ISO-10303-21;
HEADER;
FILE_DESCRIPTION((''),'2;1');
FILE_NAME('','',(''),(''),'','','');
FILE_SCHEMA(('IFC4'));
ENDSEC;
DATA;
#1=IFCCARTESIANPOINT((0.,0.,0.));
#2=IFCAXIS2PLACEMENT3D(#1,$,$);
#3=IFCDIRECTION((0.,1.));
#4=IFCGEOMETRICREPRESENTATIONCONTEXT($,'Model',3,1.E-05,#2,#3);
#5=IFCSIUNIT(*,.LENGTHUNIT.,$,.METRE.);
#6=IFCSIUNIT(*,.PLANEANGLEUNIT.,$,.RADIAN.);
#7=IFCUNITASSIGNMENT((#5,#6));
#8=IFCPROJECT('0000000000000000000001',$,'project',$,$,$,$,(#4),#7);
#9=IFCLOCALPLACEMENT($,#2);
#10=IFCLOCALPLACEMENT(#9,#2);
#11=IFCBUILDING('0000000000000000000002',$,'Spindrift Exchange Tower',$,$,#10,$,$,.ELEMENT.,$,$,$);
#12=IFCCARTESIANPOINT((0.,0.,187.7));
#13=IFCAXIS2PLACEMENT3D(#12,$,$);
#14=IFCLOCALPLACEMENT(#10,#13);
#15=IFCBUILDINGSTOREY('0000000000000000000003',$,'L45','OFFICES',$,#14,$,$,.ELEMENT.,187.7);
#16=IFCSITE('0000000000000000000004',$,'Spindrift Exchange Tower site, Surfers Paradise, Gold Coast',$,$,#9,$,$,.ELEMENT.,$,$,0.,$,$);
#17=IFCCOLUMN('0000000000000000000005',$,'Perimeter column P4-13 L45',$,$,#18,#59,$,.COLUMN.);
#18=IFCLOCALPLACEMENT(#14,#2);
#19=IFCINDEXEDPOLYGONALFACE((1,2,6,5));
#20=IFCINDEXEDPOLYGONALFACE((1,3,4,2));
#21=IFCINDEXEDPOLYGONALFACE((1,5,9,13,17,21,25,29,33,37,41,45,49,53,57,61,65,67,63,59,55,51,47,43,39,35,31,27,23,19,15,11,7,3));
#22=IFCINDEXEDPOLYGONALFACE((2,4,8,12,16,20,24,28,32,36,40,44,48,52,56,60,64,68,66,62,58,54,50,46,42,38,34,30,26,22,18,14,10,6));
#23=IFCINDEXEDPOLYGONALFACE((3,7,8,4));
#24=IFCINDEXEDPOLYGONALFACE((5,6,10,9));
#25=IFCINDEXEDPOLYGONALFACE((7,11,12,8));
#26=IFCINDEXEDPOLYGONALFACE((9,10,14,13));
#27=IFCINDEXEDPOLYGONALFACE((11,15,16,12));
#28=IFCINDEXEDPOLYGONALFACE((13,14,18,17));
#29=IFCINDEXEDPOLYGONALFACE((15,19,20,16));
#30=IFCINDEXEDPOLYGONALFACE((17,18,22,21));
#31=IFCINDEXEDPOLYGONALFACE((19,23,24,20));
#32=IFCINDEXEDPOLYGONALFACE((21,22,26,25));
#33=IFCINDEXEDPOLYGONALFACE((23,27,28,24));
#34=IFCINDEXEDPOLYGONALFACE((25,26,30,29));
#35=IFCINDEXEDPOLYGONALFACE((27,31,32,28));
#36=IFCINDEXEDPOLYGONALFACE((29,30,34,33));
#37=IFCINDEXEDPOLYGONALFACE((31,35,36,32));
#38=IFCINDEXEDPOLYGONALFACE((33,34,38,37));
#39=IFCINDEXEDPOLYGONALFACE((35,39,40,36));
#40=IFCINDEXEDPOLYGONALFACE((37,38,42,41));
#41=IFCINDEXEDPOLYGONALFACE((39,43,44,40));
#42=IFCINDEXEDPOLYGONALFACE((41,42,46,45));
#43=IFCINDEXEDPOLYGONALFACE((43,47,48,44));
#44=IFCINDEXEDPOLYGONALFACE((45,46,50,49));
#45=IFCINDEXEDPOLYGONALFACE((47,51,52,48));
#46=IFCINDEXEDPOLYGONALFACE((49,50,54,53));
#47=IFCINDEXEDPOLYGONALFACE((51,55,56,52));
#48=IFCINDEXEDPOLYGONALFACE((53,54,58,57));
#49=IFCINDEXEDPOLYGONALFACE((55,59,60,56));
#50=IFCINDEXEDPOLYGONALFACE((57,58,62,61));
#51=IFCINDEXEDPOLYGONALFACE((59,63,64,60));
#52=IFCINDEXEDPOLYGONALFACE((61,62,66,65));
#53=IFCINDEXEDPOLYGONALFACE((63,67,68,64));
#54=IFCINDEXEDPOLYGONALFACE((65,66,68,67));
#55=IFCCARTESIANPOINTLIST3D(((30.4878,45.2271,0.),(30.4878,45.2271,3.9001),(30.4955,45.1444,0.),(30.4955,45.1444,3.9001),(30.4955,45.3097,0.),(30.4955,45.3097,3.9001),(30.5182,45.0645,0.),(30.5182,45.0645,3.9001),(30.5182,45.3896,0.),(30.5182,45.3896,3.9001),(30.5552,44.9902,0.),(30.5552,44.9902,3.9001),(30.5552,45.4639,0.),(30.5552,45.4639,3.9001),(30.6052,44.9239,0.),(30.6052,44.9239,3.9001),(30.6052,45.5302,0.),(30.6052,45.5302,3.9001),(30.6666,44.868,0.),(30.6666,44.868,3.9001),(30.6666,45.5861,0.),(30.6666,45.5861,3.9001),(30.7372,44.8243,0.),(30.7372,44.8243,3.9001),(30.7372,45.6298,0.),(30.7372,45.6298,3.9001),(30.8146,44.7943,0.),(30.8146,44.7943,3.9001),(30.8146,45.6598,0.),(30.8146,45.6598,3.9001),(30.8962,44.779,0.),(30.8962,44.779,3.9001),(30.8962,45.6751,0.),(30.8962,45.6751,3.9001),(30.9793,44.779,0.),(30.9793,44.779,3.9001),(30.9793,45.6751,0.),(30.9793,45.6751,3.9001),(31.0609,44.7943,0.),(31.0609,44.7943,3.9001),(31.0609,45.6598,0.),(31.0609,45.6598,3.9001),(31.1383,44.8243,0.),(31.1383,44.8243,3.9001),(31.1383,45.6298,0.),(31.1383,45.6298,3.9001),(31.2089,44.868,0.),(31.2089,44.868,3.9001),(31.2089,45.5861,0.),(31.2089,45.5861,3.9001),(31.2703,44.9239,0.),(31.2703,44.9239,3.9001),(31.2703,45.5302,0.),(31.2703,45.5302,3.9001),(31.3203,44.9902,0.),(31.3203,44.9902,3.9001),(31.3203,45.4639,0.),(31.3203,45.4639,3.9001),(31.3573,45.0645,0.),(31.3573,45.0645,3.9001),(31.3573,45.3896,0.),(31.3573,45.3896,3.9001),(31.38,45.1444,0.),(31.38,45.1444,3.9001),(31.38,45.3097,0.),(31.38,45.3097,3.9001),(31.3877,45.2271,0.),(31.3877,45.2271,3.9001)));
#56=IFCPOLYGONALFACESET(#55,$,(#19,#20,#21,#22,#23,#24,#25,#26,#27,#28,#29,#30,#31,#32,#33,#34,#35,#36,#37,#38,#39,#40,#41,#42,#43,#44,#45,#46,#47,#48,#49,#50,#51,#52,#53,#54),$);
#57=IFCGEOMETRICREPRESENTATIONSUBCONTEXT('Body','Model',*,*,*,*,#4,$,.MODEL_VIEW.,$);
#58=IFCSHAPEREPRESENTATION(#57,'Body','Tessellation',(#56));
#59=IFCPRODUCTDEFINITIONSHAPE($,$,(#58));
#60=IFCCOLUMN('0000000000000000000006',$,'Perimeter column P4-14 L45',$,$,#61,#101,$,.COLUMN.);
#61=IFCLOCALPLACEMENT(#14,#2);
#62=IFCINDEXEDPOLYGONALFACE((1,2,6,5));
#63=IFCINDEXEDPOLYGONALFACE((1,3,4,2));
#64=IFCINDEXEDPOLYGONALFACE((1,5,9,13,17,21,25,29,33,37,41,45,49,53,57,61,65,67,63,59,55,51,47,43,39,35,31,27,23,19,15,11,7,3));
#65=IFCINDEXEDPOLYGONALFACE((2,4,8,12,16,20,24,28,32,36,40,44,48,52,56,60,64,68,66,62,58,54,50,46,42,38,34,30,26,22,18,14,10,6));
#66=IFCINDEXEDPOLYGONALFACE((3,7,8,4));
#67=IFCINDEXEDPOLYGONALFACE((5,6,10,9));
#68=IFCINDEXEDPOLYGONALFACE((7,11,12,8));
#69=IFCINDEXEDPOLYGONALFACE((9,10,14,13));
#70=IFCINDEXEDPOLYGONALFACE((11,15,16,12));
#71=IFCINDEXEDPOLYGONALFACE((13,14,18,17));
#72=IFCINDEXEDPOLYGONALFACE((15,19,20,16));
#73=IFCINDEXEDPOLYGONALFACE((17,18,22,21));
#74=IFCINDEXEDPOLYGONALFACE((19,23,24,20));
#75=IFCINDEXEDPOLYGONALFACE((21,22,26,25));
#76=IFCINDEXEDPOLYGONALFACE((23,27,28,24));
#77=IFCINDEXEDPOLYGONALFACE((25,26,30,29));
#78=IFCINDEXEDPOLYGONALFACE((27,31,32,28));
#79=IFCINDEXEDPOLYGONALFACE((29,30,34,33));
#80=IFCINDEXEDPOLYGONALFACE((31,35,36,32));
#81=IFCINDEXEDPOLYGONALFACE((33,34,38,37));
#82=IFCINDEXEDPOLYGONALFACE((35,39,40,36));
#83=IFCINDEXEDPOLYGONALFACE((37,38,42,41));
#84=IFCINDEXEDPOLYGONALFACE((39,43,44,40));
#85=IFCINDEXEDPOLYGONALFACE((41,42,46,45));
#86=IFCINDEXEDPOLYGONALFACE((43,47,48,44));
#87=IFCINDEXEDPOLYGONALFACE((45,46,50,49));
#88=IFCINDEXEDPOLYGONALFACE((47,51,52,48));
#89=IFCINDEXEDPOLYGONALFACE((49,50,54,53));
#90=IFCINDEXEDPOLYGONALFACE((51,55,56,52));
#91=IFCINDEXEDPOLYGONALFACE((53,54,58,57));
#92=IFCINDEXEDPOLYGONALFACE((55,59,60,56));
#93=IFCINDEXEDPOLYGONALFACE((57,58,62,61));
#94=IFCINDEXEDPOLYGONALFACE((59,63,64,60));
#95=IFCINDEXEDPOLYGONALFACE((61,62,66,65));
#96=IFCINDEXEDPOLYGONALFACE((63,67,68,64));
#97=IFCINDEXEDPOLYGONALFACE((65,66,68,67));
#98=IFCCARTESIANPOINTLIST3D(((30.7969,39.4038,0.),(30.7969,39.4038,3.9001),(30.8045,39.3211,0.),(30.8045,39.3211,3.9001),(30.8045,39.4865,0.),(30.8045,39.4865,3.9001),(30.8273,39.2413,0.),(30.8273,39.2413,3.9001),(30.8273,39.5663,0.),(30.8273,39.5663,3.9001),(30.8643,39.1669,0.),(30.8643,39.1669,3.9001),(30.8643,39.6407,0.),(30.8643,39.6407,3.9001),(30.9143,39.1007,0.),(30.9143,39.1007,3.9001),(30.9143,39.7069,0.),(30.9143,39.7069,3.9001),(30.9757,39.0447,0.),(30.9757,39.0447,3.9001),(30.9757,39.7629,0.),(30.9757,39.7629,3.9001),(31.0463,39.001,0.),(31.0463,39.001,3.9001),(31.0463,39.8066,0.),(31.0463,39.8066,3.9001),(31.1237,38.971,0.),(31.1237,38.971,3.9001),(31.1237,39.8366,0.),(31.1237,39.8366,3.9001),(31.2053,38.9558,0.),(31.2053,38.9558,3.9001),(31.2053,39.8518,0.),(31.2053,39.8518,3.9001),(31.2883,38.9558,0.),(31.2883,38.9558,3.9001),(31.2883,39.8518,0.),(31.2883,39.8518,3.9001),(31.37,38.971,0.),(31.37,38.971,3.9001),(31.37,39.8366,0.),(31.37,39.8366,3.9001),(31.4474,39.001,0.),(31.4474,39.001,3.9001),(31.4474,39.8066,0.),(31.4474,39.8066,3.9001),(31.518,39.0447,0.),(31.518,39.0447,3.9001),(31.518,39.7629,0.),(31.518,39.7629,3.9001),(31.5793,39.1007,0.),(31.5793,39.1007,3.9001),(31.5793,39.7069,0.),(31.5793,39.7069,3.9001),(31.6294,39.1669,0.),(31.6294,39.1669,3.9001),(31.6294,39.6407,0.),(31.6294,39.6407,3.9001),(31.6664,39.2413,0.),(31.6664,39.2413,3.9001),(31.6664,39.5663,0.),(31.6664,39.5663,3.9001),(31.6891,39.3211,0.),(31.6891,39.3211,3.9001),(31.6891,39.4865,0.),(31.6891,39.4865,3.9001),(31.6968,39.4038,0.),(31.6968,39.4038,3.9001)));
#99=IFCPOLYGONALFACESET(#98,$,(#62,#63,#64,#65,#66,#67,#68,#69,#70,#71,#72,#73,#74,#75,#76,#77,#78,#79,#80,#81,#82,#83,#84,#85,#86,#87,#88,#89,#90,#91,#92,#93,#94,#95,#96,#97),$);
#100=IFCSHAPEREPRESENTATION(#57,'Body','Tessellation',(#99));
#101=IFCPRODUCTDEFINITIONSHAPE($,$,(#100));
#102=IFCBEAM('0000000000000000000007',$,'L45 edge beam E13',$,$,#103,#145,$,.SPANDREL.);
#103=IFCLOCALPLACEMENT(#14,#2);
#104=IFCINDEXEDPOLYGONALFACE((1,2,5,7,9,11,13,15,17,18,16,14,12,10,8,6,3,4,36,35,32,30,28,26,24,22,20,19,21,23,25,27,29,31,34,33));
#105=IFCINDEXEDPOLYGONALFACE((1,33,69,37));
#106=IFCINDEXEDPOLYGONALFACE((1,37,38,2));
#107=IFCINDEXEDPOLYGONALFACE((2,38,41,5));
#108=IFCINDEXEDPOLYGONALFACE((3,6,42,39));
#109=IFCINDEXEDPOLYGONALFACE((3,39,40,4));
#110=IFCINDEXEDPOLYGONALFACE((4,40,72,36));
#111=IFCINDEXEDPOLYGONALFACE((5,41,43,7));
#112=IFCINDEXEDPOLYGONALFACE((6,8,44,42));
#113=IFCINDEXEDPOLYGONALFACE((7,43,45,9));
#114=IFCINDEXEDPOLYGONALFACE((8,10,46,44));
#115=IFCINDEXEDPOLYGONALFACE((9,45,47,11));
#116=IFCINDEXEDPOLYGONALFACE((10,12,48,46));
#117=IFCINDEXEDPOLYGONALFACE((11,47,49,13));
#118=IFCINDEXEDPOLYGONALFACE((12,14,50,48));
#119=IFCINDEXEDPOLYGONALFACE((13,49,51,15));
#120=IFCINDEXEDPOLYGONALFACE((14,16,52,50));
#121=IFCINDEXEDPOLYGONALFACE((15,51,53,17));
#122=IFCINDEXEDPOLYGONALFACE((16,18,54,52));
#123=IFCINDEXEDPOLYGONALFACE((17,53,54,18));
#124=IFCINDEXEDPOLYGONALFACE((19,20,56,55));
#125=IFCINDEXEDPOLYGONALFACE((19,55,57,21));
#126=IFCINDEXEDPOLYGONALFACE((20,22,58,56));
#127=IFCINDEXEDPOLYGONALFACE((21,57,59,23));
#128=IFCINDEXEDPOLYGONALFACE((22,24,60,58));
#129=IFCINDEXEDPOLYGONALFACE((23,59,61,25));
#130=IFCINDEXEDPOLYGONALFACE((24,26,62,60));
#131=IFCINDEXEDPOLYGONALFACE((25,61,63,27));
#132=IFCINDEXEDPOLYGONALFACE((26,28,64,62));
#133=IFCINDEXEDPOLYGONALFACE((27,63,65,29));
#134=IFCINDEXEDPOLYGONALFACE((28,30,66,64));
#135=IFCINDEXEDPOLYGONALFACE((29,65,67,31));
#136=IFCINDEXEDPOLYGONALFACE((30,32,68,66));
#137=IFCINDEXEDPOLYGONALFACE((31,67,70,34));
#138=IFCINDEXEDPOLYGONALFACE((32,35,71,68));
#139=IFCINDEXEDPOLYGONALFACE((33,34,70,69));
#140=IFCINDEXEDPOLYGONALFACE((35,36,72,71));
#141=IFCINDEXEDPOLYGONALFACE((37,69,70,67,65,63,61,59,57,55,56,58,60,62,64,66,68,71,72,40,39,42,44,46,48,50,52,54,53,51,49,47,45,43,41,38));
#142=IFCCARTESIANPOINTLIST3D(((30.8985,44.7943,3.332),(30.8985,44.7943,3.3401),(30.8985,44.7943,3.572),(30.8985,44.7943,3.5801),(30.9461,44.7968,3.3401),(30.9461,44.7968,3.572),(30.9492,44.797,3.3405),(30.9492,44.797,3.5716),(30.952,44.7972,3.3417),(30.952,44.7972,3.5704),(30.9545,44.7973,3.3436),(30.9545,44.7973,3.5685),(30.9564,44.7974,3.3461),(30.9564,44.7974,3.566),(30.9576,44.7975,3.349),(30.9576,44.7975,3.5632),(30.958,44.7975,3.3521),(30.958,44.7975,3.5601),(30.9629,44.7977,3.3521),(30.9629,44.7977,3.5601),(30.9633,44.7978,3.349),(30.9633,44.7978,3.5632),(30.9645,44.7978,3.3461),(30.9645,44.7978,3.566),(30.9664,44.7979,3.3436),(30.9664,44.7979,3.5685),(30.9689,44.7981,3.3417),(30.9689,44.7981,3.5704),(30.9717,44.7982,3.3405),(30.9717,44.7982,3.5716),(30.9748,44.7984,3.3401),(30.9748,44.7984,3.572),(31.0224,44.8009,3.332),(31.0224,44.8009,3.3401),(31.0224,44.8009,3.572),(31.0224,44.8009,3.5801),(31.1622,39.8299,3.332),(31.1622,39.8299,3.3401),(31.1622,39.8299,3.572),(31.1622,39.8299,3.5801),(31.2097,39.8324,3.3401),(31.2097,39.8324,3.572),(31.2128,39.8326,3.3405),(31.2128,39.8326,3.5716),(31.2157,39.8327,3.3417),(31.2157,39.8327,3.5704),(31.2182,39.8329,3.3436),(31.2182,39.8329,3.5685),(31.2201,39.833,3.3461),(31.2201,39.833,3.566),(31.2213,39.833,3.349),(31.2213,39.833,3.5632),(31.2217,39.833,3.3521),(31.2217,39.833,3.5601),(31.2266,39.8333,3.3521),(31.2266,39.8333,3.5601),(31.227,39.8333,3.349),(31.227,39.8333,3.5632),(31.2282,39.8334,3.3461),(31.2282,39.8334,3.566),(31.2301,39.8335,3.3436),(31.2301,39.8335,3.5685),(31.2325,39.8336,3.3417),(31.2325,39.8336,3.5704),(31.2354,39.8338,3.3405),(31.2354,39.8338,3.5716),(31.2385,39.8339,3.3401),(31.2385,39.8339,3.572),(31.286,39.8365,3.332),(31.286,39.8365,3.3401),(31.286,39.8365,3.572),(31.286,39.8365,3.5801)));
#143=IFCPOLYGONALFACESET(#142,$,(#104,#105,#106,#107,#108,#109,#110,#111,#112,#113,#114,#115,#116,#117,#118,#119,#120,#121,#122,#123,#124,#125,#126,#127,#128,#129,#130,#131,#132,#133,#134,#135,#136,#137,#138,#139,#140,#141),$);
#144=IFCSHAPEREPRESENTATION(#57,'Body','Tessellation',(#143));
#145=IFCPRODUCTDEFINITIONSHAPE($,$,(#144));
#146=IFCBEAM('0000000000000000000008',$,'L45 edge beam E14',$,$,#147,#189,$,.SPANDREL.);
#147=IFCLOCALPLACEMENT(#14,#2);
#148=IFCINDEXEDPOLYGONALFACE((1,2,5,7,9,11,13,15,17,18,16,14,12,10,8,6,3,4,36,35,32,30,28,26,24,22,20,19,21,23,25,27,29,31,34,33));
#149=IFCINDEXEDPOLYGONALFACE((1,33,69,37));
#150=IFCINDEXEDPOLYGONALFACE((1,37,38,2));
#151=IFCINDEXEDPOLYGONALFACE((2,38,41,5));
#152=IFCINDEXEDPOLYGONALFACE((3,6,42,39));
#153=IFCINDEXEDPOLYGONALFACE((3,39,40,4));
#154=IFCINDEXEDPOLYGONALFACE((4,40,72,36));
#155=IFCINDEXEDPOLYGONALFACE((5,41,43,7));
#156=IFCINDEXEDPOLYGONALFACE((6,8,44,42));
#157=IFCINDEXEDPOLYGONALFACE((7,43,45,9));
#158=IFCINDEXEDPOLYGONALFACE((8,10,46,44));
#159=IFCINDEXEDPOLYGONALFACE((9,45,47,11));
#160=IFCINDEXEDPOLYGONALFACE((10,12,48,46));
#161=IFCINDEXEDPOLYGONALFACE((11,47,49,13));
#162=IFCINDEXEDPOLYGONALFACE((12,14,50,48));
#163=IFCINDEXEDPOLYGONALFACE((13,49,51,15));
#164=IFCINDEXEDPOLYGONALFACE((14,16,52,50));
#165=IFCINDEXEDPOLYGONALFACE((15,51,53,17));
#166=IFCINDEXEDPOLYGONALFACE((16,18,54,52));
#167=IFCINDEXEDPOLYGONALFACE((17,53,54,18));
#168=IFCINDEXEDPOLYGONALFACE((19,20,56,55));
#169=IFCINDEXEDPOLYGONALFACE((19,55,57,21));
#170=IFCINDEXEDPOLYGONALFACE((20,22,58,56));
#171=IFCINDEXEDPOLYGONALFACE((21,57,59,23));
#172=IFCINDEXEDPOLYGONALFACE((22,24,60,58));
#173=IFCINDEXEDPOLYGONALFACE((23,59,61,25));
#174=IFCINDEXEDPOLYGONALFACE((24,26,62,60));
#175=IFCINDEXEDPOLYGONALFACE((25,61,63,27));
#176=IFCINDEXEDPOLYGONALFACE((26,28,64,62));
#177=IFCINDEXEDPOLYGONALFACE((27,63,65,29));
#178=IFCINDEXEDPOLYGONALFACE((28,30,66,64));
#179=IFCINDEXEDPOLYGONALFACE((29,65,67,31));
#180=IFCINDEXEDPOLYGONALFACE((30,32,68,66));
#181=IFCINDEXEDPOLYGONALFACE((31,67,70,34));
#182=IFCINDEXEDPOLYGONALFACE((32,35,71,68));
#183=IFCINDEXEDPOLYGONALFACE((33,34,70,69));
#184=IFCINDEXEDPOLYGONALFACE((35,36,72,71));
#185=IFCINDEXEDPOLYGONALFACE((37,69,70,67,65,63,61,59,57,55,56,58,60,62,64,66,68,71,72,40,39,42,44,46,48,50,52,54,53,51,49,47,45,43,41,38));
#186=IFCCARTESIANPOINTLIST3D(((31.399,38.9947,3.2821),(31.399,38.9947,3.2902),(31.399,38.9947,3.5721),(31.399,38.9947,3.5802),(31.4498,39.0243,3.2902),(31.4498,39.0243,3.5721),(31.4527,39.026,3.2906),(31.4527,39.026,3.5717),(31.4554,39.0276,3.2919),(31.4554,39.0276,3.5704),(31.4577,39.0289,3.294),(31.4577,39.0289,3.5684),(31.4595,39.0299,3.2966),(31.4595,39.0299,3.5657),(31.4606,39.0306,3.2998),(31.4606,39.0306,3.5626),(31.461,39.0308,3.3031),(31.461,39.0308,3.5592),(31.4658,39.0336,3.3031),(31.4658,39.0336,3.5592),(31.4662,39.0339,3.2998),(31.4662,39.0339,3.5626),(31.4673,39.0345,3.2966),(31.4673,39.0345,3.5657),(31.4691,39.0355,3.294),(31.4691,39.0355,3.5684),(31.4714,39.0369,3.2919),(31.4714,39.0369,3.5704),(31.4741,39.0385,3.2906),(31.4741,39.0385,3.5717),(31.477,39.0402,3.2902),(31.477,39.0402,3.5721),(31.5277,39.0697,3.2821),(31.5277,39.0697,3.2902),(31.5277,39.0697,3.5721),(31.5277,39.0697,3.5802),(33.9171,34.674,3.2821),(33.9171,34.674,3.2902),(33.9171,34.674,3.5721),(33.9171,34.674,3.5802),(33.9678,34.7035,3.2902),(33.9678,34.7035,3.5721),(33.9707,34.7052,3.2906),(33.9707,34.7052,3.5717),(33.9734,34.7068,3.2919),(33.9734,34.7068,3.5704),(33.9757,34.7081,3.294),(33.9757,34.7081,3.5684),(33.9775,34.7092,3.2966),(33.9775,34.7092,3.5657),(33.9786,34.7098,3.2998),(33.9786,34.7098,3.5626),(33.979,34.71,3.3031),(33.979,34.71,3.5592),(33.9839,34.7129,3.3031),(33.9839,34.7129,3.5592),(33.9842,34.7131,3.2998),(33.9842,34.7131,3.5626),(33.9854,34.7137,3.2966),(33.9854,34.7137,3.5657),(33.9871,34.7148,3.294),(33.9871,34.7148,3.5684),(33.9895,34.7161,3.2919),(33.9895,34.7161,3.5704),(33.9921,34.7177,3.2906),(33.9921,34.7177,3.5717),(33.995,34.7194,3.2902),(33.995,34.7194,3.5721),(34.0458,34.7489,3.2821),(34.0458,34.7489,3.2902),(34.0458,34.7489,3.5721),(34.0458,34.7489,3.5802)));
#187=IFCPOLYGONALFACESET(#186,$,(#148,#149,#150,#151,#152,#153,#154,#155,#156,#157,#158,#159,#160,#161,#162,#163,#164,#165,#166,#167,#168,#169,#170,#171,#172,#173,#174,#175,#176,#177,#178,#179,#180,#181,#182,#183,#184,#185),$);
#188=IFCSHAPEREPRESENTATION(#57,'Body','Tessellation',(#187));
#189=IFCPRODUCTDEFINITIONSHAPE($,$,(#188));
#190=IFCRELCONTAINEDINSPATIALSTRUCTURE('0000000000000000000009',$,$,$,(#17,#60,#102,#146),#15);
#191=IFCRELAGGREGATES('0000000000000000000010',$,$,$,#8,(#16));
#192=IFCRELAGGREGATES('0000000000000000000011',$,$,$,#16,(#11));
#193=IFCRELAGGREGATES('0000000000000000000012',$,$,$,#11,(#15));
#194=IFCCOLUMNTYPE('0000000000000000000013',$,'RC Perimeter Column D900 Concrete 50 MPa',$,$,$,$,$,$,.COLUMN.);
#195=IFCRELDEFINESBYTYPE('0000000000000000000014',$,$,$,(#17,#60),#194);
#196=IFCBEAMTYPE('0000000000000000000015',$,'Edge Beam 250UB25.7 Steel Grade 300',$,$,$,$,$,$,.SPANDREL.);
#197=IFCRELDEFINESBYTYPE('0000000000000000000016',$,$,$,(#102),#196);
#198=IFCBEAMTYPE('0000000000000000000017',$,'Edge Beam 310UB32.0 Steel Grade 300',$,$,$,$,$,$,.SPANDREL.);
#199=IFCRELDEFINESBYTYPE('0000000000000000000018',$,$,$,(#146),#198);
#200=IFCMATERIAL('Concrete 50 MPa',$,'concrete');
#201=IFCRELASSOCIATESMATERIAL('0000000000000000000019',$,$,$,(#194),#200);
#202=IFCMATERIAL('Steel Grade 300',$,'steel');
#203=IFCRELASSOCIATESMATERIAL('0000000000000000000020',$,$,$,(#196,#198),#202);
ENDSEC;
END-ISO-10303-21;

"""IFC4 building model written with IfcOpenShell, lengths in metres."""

from ifc_helpers import new_model, si_unit, direction, frame, origin, origin_2d, place, context, subcontext, project, spatial, circle, i_section, extrude, source, transform, mapped, material, material_profile, profile_set, type_object, element, save


model = new_model("IFC4")

# Units and contexts
model_context = context("Model", 3, precision=1e-05, world=origin(), true_north=direction((0.0, 1.0)))
body_context = subcontext(model_context, "Body", "Model", "MODEL_VIEW")
ifc_project = project(units=[si_unit("LENGTHUNIT", "METRE"), si_unit("PLANEANGLEUNIT", "RADIAN")], contexts=[model_context])

# Site, building, storey
site_placement = place(None, origin())
site = spatial("IfcSite", under=ifc_project, at=site_placement, Name="Spindrift Exchange Tower site, Surfers Paradise, Gold Coast", CompositionType="ELEMENT", RefElevation=0.0)
building_placement = place(site_placement, origin())
building = spatial("IfcBuilding", under=site, at=building_placement, Name="Spindrift Exchange Tower", CompositionType="ELEMENT")
storey_placement = place(building_placement, frame((0.0, 0.0, 187.7)))
storey = spatial("IfcBuildingStorey", under=building, at=storey_placement, Name="L45", Description="OFFICES", CompositionType="ELEMENT", Elevation=187.7)

# Columns
ifc_material_1 = material(Name="Concrete 50 MPa", Category="concrete")
ifc_material_profile_1 = material_profile(ifc_material_1, circle(Radius=0.45, at=origin_2d()), Name="RC D900")
ifc_profile_set_1 = profile_set([ifc_material_profile_1], Name="Concrete 50 MPa")
column_type = type_object("IfcColumnType", Name="RC Perimeter Column D900 Concrete 50 MPa", PredefinedType="COLUMN", material=ifc_profile_set_1)
shared_shape_1 = source(origin(), body_context, "Body", "SweptSolid", [
    extrude(circle(Radius=0.45, at=origin_2d()), origin(), (0.0, 0.0, 1.0), 3.9001),
])
for number, where, z_axis, x_axis, name in (
    (1, (30.9377, 45.2271, 0.0), (0.0, 0.0, 1.0), (1.0, 0.0, 0.0), "Perimeter column P4-13 L45"),
    (2, (31.2468, 39.4038, 0.0), (0.0, 0.0, 1.0), (1.0, 0.0, 0.0), "Perimeter column P4-14 L45"),
):
    element("IfcColumn", number, at=place(storey_placement, frame(where, z_axis=z_axis, x_axis=x_axis)), inside=storey, type_object=column_type, Name=name, PredefinedType="COLUMN", context=body_context, shape_type="MappedRepresentation", body=[
        mapped(shared_shape_1, transform((0.0, 0.0, 0.0), scale=1.0)),
    ])

# Beams
ifc_material_2 = material(Name="Steel Grade 300", Category="steel")
ifc_material_profile_2 = material_profile(ifc_material_2, i_section(OverallWidth=0.124, OverallDepth=0.248, WebThickness=0.0049, FlangeThickness=0.0081, FilletRadius=0.012, at=origin_2d()), Name="250UB25.7")
ifc_profile_set_2 = profile_set([ifc_material_profile_2], Name="Steel Grade 300")
beam_type_1 = type_object("IfcBeamType", Name="Edge Beam 250UB25.7 Steel Grade 300", PredefinedType="SPANDREL", material=ifc_profile_set_2)
shared_shape_2 = source(origin(), body_context, "Body", "SweptSolid", [
    extrude(i_section(OverallWidth=0.124, OverallDepth=0.248, WebThickness=0.0049, FlangeThickness=0.0081, FilletRadius=0.012, at=origin_2d()), origin(), (0.0, 0.0, 1.0), 4.9714),
])
beam_1_placement = place(storey_placement, frame((30.9604, 44.7976, 3.4561), z_axis=(0.053038, -0.998592, 0.0), x_axis=(0.998592, 0.053038, 0.0)))
element("IfcBeam", 3, at=beam_1_placement, inside=storey, type_object=beam_type_1, Name="L45 edge beam E13", PredefinedType="SPANDREL", context=body_context, shape_type="MappedRepresentation", body=[
    mapped(shared_shape_2, transform((0.0, 0.0, 0.0), scale=1.0)),
])
ifc_material_profile_3 = material_profile(ifc_material_2, i_section(OverallWidth=0.1489, OverallDepth=0.2981, WebThickness=0.0056, FlangeThickness=0.0081, FilletRadius=0.0129, at=origin_2d()), Name="310UB32.0")
ifc_profile_set_3 = profile_set([ifc_material_profile_3], Name="Steel Grade 300")
beam_type_2 = type_object("IfcBeamType", Name="Edge Beam 310UB32.0 Steel Grade 300", PredefinedType="SPANDREL", material=ifc_profile_set_3)
shared_shape_3 = source(origin(), body_context, "Body", "SweptSolid", [
    extrude(i_section(OverallWidth=0.1489, OverallDepth=0.2981, WebThickness=0.0056, FlangeThickness=0.0081, FilletRadius=0.0129, at=origin_2d()), origin(), (0.0, 0.0, 1.0), 5.001),
])
beam_2_placement = place(storey_placement, frame((31.4634, 39.0322, 3.4312), z_axis=(0.503513, -0.863988, 0.0), x_axis=(0.863988, 0.503513, 0.0)))
element("IfcBeam", 4, at=beam_2_placement, inside=storey, type_object=beam_type_2, Name="L45 edge beam E14", PredefinedType="SPANDREL", context=body_context, shape_type="MappedRepresentation", body=[
    mapped(shared_shape_3, transform((0.0, 0.0, 0.0), scale=1.0)),
])

save(model, "model.ifc")
